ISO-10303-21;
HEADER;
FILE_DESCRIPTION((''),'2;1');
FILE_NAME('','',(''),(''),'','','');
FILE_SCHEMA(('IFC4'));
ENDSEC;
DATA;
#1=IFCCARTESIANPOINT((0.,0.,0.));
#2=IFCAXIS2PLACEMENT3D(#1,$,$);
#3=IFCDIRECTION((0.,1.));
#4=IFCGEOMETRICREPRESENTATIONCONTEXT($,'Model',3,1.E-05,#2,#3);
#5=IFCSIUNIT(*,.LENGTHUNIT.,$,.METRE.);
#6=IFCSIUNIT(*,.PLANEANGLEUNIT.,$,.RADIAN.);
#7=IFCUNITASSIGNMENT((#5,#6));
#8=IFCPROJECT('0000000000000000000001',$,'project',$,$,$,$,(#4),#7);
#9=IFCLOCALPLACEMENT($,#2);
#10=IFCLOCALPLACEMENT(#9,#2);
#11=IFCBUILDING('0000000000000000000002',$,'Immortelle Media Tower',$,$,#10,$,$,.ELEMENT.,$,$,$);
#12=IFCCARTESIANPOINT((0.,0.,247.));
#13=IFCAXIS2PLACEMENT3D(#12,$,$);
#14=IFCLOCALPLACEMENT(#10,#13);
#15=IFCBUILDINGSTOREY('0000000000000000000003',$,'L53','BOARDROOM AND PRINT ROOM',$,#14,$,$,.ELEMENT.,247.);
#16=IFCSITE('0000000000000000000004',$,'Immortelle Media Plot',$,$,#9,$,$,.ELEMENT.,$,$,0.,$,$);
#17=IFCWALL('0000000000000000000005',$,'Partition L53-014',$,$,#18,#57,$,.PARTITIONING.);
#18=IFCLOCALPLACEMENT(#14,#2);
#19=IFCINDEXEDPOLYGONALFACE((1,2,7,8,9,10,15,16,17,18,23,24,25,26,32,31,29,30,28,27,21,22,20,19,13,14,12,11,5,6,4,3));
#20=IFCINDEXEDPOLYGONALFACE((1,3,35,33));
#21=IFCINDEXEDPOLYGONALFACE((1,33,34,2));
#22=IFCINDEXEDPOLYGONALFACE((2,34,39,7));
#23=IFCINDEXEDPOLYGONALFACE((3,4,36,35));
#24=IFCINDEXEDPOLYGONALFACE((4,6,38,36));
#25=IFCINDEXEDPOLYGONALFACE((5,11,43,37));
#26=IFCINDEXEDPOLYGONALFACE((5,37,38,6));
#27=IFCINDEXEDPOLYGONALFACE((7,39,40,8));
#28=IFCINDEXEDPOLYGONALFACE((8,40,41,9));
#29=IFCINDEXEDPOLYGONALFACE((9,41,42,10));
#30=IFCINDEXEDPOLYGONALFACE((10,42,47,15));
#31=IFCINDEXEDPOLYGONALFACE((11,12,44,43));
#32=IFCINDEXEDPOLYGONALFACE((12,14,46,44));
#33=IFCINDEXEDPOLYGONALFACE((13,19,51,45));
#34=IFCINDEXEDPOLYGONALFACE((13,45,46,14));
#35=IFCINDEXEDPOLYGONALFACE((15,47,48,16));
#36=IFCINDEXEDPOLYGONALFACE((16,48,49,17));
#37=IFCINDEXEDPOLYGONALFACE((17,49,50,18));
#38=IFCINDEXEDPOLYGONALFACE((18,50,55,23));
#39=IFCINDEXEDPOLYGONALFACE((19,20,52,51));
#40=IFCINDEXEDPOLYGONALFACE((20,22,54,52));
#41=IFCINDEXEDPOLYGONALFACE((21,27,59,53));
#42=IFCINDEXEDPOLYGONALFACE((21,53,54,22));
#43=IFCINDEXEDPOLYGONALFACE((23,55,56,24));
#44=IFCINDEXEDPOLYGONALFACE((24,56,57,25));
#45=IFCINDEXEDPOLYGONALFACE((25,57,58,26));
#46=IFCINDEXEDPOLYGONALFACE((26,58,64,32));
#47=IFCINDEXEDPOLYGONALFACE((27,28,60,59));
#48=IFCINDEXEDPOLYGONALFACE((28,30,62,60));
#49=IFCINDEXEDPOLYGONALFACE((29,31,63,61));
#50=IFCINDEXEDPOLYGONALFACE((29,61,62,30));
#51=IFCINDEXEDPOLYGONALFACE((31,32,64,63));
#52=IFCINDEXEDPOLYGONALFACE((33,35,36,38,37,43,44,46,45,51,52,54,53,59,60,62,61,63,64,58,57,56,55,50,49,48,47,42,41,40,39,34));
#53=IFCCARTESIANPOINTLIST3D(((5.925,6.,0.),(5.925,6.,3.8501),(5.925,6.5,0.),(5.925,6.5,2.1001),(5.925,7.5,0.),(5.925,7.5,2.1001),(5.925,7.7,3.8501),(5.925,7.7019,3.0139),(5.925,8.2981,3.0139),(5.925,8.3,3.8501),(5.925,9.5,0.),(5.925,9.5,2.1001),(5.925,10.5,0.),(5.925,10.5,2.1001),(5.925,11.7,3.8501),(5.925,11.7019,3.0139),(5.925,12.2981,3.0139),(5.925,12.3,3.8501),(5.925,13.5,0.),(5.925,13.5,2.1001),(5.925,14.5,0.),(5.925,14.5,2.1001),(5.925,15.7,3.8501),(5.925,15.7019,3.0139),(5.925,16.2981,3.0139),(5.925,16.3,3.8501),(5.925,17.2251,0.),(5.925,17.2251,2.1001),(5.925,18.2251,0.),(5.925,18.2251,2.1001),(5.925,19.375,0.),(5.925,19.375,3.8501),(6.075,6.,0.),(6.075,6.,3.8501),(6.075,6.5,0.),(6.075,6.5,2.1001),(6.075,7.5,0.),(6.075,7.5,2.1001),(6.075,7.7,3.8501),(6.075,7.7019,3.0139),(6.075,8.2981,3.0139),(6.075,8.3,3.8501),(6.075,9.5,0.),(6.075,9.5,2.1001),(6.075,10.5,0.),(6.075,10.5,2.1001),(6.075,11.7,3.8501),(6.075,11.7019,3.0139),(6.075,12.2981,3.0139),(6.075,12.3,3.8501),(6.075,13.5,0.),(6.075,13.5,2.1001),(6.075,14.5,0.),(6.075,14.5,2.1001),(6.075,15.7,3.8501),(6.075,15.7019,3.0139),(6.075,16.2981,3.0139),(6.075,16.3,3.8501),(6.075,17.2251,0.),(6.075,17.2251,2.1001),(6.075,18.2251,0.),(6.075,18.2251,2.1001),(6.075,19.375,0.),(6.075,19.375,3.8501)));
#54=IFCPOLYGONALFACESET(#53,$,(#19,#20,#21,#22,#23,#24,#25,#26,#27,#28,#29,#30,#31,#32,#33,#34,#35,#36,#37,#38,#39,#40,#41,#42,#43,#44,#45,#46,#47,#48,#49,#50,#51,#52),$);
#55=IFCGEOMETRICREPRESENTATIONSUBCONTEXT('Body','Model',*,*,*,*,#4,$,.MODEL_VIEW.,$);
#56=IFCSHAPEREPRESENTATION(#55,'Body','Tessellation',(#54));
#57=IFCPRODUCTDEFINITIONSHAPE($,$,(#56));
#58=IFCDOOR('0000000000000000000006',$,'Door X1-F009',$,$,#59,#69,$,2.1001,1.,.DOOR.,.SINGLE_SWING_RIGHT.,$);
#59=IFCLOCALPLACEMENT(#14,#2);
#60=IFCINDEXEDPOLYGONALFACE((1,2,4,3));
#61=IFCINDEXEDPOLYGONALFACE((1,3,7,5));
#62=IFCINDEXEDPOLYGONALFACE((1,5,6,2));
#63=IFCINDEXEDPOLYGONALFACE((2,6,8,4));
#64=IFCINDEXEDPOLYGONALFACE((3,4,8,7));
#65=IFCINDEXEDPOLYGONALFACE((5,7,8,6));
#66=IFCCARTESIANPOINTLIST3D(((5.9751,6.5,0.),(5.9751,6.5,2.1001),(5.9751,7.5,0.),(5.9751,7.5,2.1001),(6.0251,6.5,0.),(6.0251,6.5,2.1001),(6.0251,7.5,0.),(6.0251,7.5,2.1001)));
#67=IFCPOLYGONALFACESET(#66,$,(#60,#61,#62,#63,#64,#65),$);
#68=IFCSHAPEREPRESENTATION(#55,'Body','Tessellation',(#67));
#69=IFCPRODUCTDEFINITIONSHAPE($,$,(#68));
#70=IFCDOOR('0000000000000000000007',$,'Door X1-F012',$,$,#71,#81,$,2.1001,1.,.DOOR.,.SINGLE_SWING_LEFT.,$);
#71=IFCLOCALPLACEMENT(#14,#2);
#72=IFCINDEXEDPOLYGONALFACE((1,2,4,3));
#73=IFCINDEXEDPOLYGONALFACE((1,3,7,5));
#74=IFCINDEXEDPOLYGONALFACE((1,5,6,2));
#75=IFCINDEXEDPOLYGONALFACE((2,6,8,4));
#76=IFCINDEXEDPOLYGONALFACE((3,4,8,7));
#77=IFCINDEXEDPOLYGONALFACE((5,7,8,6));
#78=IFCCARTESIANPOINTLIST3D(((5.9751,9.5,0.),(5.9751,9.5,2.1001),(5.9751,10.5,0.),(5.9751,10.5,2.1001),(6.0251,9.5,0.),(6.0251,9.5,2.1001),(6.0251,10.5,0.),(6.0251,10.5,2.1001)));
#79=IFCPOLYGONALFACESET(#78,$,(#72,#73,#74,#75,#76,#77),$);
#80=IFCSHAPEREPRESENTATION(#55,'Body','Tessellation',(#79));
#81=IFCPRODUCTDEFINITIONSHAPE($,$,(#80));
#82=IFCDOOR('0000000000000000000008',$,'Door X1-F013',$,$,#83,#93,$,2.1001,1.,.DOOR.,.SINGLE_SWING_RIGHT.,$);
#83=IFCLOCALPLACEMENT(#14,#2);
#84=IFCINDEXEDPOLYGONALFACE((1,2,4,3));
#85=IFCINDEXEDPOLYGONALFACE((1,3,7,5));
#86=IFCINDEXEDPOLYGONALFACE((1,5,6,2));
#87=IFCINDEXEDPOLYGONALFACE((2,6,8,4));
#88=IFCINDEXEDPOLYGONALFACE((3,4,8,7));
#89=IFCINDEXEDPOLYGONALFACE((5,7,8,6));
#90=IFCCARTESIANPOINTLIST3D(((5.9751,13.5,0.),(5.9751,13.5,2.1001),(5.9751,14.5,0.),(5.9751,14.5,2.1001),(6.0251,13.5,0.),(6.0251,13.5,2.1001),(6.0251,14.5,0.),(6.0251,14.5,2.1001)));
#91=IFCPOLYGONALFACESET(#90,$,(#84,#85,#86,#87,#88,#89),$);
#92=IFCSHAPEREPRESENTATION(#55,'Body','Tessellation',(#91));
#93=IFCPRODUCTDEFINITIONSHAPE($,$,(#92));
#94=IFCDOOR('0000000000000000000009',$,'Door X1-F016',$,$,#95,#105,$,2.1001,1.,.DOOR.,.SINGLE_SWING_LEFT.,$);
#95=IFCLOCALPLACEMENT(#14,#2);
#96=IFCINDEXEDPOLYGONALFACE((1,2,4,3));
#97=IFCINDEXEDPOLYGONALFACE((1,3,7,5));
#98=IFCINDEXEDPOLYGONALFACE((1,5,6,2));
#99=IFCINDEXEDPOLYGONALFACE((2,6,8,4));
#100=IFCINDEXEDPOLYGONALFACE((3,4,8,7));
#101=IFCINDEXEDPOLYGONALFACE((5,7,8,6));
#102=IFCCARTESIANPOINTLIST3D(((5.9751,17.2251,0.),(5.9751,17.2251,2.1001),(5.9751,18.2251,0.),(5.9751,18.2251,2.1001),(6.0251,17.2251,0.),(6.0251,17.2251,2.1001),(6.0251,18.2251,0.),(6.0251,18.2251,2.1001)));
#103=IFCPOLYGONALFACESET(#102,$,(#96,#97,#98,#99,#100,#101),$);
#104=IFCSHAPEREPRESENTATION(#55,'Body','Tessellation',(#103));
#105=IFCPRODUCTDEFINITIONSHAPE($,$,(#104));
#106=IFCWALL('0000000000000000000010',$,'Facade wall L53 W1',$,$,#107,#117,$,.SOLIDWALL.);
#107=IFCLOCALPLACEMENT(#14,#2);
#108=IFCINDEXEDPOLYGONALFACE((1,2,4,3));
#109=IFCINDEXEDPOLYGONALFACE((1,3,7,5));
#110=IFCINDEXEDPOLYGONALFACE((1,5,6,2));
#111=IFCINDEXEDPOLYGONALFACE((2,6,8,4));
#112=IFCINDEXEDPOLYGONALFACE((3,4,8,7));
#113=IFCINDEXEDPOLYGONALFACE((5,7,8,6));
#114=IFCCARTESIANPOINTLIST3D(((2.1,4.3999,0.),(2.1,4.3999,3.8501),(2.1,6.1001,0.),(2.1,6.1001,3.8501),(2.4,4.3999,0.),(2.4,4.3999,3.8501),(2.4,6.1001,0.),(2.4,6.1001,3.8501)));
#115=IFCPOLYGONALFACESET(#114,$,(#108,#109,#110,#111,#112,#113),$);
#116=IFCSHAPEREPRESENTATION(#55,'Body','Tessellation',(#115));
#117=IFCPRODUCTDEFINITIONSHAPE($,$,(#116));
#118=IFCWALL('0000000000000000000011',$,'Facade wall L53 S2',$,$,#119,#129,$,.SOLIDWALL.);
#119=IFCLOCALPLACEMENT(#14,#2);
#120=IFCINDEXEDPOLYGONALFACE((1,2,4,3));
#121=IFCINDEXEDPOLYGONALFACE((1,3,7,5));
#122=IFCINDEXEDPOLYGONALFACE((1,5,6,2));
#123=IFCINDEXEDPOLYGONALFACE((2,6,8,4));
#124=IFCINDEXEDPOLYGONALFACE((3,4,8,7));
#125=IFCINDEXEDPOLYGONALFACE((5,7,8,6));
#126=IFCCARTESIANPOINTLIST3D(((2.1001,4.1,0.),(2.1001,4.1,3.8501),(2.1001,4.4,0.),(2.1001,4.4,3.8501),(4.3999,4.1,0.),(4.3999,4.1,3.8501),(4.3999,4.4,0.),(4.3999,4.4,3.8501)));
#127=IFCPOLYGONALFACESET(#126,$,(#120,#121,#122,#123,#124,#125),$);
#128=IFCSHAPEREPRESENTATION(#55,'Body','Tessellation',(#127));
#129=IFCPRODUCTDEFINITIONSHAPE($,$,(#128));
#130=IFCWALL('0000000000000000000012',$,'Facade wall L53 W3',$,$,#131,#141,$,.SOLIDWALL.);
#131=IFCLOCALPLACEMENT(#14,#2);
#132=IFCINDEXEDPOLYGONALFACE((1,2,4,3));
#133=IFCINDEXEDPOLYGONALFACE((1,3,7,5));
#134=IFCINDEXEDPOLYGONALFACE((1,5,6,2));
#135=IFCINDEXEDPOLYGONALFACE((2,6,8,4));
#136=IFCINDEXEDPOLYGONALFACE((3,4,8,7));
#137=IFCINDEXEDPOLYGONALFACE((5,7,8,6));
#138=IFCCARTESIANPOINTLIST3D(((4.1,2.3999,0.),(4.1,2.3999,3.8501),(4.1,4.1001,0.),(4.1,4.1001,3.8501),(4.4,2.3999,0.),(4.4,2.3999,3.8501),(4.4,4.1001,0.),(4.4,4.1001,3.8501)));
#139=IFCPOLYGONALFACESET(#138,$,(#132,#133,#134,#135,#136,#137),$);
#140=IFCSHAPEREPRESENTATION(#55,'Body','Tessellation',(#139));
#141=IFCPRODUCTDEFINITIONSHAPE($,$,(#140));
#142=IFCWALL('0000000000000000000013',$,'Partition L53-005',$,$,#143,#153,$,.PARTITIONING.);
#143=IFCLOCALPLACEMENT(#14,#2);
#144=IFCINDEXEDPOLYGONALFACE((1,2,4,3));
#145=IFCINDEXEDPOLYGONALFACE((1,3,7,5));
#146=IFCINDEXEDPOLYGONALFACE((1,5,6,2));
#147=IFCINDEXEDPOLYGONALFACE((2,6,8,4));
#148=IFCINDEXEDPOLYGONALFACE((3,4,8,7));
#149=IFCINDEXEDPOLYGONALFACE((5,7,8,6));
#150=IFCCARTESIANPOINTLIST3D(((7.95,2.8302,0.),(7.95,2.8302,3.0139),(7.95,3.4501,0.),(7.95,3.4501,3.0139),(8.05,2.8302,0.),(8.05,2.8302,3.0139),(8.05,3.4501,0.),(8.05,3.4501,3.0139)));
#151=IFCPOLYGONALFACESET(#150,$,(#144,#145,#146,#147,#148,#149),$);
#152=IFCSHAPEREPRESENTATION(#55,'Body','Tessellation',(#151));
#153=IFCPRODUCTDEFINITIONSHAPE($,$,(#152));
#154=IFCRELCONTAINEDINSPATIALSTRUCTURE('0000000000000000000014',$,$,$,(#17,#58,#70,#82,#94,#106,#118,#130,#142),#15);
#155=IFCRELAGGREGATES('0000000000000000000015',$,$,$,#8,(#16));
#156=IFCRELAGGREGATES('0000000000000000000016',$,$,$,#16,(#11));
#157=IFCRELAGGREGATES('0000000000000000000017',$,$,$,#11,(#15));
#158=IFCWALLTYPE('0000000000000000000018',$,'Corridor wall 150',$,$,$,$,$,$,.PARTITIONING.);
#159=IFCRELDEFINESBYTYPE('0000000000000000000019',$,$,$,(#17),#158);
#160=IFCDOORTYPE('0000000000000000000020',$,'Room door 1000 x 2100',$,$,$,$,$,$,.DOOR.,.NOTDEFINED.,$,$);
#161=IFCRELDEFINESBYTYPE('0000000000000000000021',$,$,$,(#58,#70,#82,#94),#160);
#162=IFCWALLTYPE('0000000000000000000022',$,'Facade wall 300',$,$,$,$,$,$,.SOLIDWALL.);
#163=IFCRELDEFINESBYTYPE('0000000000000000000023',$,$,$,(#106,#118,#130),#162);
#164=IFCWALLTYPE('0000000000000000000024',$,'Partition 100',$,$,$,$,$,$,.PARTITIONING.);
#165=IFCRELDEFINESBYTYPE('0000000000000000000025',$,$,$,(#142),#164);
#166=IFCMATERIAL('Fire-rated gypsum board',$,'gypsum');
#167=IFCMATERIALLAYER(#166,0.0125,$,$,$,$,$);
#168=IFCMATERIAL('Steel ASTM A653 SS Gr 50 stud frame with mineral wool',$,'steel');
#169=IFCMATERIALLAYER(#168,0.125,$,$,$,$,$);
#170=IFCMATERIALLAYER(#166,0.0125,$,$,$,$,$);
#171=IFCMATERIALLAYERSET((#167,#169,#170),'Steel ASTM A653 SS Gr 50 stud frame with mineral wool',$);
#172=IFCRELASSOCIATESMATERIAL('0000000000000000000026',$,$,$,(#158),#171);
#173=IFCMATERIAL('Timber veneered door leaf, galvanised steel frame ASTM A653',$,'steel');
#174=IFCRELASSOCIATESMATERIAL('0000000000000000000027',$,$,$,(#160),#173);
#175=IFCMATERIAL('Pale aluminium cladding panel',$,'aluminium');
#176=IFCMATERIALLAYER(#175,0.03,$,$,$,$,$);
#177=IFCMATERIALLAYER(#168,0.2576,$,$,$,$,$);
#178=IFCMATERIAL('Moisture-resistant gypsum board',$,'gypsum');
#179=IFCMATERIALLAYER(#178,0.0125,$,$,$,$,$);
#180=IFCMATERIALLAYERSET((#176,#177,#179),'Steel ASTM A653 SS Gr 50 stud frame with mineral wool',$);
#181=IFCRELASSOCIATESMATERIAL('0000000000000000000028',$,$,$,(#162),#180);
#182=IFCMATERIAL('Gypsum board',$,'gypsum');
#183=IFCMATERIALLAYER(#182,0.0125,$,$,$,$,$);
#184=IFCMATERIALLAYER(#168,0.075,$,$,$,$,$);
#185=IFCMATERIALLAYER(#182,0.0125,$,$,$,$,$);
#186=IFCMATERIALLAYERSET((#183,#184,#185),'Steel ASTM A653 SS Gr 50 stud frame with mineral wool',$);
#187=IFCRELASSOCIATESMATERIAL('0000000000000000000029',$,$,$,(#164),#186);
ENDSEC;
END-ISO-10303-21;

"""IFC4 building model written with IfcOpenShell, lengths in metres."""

from ifc_helpers import new_model, si_unit, direction, frame, frame_2d, origin, place, context, subcontext, project, spatial, polyline, rectangle, outline, extrude, material, layer, layer_set, type_object, element, fill, save


model = new_model("IFC4")

# Units and contexts
model_context = context("Model", 3, precision=1e-05, world=origin(), true_north=direction((0.0, 1.0)))
body_context = subcontext(model_context, "Body", "Model", "MODEL_VIEW")
ifc_project = project(units=[si_unit("LENGTHUNIT", "METRE"), si_unit("PLANEANGLEUNIT", "RADIAN")], contexts=[model_context])

# Site, building, storey
site_placement = place(None, origin())
site = spatial("IfcSite", under=ifc_project, at=site_placement, Name="Immortelle Media Plot", CompositionType="ELEMENT", RefElevation=0.0)
building_placement = place(site_placement, origin())
building = spatial("IfcBuilding", under=site, at=building_placement, Name="Immortelle Media Tower", CompositionType="ELEMENT")
storey_placement = place(building_placement, frame((0.0, 0.0, 247.0)))
storey = spatial("IfcBuildingStorey", under=building, at=storey_placement, Name="L53", Description="BOARDROOM AND PRINT ROOM", CompositionType="ELEMENT", Elevation=247.0)

# Wall, openings, doors
ifc_material_1 = material(Name="Fire-rated gypsum board", Category="gypsum")
ifc_layer_1 = layer(ifc_material_1, 0.0125)
ifc_material_2 = material(Name="Steel ASTM A653 SS Gr 50 stud frame with mineral wool", Category="steel")
ifc_layer_2 = layer(ifc_material_2, 0.125)
ifc_layer_3 = layer(ifc_material_1, 0.0125)
ifc_layer_set_1 = layer_set([ifc_layer_1, ifc_layer_2, ifc_layer_3], Name="Steel ASTM A653 SS Gr 50 stud frame with mineral wool")
wall_type_1 = type_object("IfcWallType", Name="Corridor wall 150", PredefinedType="PARTITIONING", material=ifc_layer_set_1)
ifc_material_3 = material(Name="Timber veneered door leaf, galvanised steel frame ASTM A653", Category="steel")
door_type = type_object("IfcDoorType", Name="Room door 1000 x 2100", OperationType="NOTDEFINED", PredefinedType="DOOR", material=ifc_material_3)
wall_1_placement = place(storey_placement, frame((6.0, 6.0, 0.0), z_axis=(0.0, 0.0, 1.0), x_axis=(0.0, 1.0, 0.0)))
wall_1 = element("IfcWall", 1, at=wall_1_placement, inside=storey, type_object=wall_type_1, Name="Partition L53-014", PredefinedType="PARTITIONING", context=body_context, shape_type="SweptSolid", body=[
    extrude(outline(polyline([(0.0, 0.0), (13.375, 0.0), (13.375, 3.8501), (10.3, 3.8501), (10.2981, 3.0139), (9.7019, 3.0139), (9.7, 3.8501), (6.3, 3.8501), (6.2981, 3.0139), (5.7019, 3.0139), (5.7, 3.8501), (2.3, 3.8501), (2.2981, 3.0139), (1.7019, 3.0139), (1.7, 3.8501), (0.0, 3.8501), (0.0, 0.0)])), frame((0.0, 0.075, 0.0), z_axis=(0.0, -1.0, 0.0), x_axis=(1.0, 0.0, 0.0)), (0.0, 0.0, 1.0), 0.1499),
])
opening_1_placement = place(wall_1_placement, frame((0.5, 0.0, 0.0)))
opening_1 = element("IfcOpeningElement", 2, at=opening_1_placement, cuts=wall_1, PredefinedType="OPENING", context=body_context, shape_type="SweptSolid", body=[
    extrude(rectangle(XDim=1.0, YDim=2.1001, at=frame_2d((0.5, 1.05))), frame((0.0, 0.085, 0.0), z_axis=(0.0, -1.0, 0.0), x_axis=(1.0, 0.0, 0.0)), (0.0, 0.0, 1.0), 0.1699),
])
opening_2_placement = place(wall_1_placement, frame((3.5, 0.0, 0.0)))
opening_2 = element("IfcOpeningElement", 3, at=opening_2_placement, cuts=wall_1, PredefinedType="OPENING", context=body_context, shape_type="SweptSolid", body=[
    extrude(rectangle(XDim=1.0, YDim=2.1001, at=frame_2d((0.5, 1.05))), frame((0.0, 0.085, 0.0), z_axis=(0.0, -1.0, 0.0), x_axis=(1.0, 0.0, 0.0)), (0.0, 0.0, 1.0), 0.1699),
])
opening_3_placement = place(wall_1_placement, frame((7.5, 0.0, 0.0)))
opening_3 = element("IfcOpeningElement", 4, at=opening_3_placement, cuts=wall_1, PredefinedType="OPENING", context=body_context, shape_type="SweptSolid", body=[
    extrude(rectangle(XDim=1.0, YDim=2.1001, at=frame_2d((0.5, 1.05))), frame((0.0, 0.085, 0.0), z_axis=(0.0, -1.0, 0.0), x_axis=(1.0, 0.0, 0.0)), (0.0, 0.0, 1.0), 0.1699),
])
opening_4_placement = place(wall_1_placement, frame((11.2251, 0.0, 0.0)))
opening_4 = element("IfcOpeningElement", 5, at=opening_4_placement, cuts=wall_1, PredefinedType="OPENING", context=body_context, shape_type="SweptSolid", body=[
    extrude(rectangle(XDim=1.0, YDim=2.1001, at=frame_2d((0.5, 1.05))), frame((0.0, 0.085, 0.0), z_axis=(0.0, -1.0, 0.0), x_axis=(1.0, 0.0, 0.0)), (0.0, 0.0, 1.0), 0.1699),
])
door_1_placement = place(opening_1_placement, origin())
door_1 = element("IfcDoor", 6, at=door_1_placement, inside=storey, type_object=door_type, Name="Door X1-F009", OperationType="SINGLE_SWING_RIGHT", OverallHeight=2.1001, OverallWidth=1.0, PredefinedType="DOOR", context=body_context, shape_type="SweptSolid", body=[
    extrude(rectangle(XDim=1.0, YDim=2.1001, at=frame_2d((0.5, 1.05))), frame((0.0, 0.0249, 0.0), z_axis=(0.0, -1.0, 0.0), x_axis=(1.0, 0.0, 0.0)), (0.0, 0.0, 1.0), 0.05),
])
fill(opening_1, door_1)
door_2_placement = place(opening_2_placement, origin())
door_2 = element("IfcDoor", 7, at=door_2_placement, inside=storey, type_object=door_type, Name="Door X1-F012", OperationType="SINGLE_SWING_LEFT", OverallHeight=2.1001, OverallWidth=1.0, PredefinedType="DOOR", context=body_context, shape_type="SweptSolid", body=[
    extrude(rectangle(XDim=1.0, YDim=2.1001, at=frame_2d((0.5, 1.05))), frame((0.0, 0.0249, 0.0), z_axis=(0.0, -1.0, 0.0), x_axis=(1.0, 0.0, 0.0)), (0.0, 0.0, 1.0), 0.05),
])
fill(opening_2, door_2)
door_3_placement = place(opening_3_placement, origin())
door_3 = element("IfcDoor", 8, at=door_3_placement, inside=storey, type_object=door_type, Name="Door X1-F013", OperationType="SINGLE_SWING_RIGHT", OverallHeight=2.1001, OverallWidth=1.0, PredefinedType="DOOR", context=body_context, shape_type="SweptSolid", body=[
    extrude(rectangle(XDim=1.0, YDim=2.1001, at=frame_2d((0.5, 1.05))), frame((0.0, 0.0249, 0.0), z_axis=(0.0, -1.0, 0.0), x_axis=(1.0, 0.0, 0.0)), (0.0, 0.0, 1.0), 0.05),
])
fill(opening_3, door_3)
door_4_placement = place(opening_4_placement, origin())
door_4 = element("IfcDoor", 9, at=door_4_placement, inside=storey, type_object=door_type, Name="Door X1-F016", OperationType="SINGLE_SWING_LEFT", OverallHeight=2.1001, OverallWidth=1.0, PredefinedType="DOOR", context=body_context, shape_type="SweptSolid", body=[
    extrude(rectangle(XDim=1.0, YDim=2.1001, at=frame_2d((0.5, 1.05))), frame((0.0, 0.0249, 0.0), z_axis=(0.0, -1.0, 0.0), x_axis=(1.0, 0.0, 0.0)), (0.0, 0.0, 1.0), 0.05),
])
fill(opening_4, door_4)

# Walls
ifc_material_4 = material(Name="Pale aluminium cladding panel", Category="aluminium")
ifc_layer_4 = layer(ifc_material_4, 0.03)
ifc_layer_5 = layer(ifc_material_2, 0.2576)
ifc_material_5 = material(Name="Moisture-resistant gypsum board", Category="gypsum")
ifc_layer_6 = layer(ifc_material_5, 0.0125)
ifc_layer_set_2 = layer_set([ifc_layer_4, ifc_layer_5, ifc_layer_6], Name="Steel ASTM A653 SS Gr 50 stud frame with mineral wool")
wall_type_2 = type_object("IfcWallType", Name="Facade wall 300", PredefinedType="SOLIDWALL", material=ifc_layer_set_2)
wall_2_placement = place(storey_placement, frame((2.25, 6.1001, 0.0), z_axis=(0.0, 0.0, 1.0), x_axis=(0.0, -1.0, 0.0)))
element("IfcWall", 10, at=wall_2_placement, inside=storey, type_object=wall_type_2, Name="Facade wall L53 W1", PredefinedType="SOLIDWALL", context=body_context, shape_type="SweptSolid", body=[
    extrude(rectangle(XDim=1.7002, YDim=0.3, at=frame_2d((0.8501, 0.0))), origin(), (0.0, 0.0, 1.0), 3.8501),
])
wall_3_placement = place(storey_placement, frame((2.1001, 4.25, 0.0), z_axis=(0.0, 0.0, 1.0), x_axis=(1.0, 0.0, 0.0)))
element("IfcWall", 11, at=wall_3_placement, inside=storey, type_object=wall_type_2, Name="Facade wall L53 S2", PredefinedType="SOLIDWALL", context=body_context, shape_type="SweptSolid", body=[
    extrude(rectangle(XDim=2.2998, YDim=0.3, at=frame_2d((1.1499, 0.0))), origin(), (0.0, 0.0, 1.0), 3.8501),
])
wall_4_placement = place(storey_placement, frame((4.25, 4.1001, 0.0), z_axis=(0.0, 0.0, 1.0), x_axis=(0.0, -1.0, 0.0)))
element("IfcWall", 12, at=wall_4_placement, inside=storey, type_object=wall_type_2, Name="Facade wall L53 W3", PredefinedType="SOLIDWALL", context=body_context, shape_type="SweptSolid", body=[
    extrude(rectangle(XDim=1.7002, YDim=0.3, at=frame_2d((0.8501, 0.0))), origin(), (0.0, 0.0, 1.0), 3.8501),
])
ifc_material_6 = material(Name="Gypsum board", Category="gypsum")
ifc_layer_7 = layer(ifc_material_6, 0.0125)
ifc_layer_8 = layer(ifc_material_2, 0.075)
ifc_layer_9 = layer(ifc_material_6, 0.0125)
ifc_layer_set_3 = layer_set([ifc_layer_7, ifc_layer_8, ifc_layer_9], Name="Steel ASTM A653 SS Gr 50 stud frame with mineral wool")
wall_type_3 = type_object("IfcWallType", Name="Partition 100", PredefinedType="PARTITIONING", material=ifc_layer_set_3)
wall_5_placement = place(storey_placement, frame((8.0, 2.8301, 0.0), z_axis=(0.0, 0.0, 1.0), x_axis=(0.0, 1.0, 0.0)))
element("IfcWall", 13, at=wall_5_placement, inside=storey, type_object=wall_type_3, Name="Partition L53-005", PredefinedType="PARTITIONING", context=body_context, shape_type="SweptSolid", body=[
    extrude(rectangle(XDim=0.6199, YDim=0.1001, at=frame_2d((0.3101, 0.0))), origin(), (0.0, 0.0, 1.0), 3.0139),
])

save(model, "model.ifc")
